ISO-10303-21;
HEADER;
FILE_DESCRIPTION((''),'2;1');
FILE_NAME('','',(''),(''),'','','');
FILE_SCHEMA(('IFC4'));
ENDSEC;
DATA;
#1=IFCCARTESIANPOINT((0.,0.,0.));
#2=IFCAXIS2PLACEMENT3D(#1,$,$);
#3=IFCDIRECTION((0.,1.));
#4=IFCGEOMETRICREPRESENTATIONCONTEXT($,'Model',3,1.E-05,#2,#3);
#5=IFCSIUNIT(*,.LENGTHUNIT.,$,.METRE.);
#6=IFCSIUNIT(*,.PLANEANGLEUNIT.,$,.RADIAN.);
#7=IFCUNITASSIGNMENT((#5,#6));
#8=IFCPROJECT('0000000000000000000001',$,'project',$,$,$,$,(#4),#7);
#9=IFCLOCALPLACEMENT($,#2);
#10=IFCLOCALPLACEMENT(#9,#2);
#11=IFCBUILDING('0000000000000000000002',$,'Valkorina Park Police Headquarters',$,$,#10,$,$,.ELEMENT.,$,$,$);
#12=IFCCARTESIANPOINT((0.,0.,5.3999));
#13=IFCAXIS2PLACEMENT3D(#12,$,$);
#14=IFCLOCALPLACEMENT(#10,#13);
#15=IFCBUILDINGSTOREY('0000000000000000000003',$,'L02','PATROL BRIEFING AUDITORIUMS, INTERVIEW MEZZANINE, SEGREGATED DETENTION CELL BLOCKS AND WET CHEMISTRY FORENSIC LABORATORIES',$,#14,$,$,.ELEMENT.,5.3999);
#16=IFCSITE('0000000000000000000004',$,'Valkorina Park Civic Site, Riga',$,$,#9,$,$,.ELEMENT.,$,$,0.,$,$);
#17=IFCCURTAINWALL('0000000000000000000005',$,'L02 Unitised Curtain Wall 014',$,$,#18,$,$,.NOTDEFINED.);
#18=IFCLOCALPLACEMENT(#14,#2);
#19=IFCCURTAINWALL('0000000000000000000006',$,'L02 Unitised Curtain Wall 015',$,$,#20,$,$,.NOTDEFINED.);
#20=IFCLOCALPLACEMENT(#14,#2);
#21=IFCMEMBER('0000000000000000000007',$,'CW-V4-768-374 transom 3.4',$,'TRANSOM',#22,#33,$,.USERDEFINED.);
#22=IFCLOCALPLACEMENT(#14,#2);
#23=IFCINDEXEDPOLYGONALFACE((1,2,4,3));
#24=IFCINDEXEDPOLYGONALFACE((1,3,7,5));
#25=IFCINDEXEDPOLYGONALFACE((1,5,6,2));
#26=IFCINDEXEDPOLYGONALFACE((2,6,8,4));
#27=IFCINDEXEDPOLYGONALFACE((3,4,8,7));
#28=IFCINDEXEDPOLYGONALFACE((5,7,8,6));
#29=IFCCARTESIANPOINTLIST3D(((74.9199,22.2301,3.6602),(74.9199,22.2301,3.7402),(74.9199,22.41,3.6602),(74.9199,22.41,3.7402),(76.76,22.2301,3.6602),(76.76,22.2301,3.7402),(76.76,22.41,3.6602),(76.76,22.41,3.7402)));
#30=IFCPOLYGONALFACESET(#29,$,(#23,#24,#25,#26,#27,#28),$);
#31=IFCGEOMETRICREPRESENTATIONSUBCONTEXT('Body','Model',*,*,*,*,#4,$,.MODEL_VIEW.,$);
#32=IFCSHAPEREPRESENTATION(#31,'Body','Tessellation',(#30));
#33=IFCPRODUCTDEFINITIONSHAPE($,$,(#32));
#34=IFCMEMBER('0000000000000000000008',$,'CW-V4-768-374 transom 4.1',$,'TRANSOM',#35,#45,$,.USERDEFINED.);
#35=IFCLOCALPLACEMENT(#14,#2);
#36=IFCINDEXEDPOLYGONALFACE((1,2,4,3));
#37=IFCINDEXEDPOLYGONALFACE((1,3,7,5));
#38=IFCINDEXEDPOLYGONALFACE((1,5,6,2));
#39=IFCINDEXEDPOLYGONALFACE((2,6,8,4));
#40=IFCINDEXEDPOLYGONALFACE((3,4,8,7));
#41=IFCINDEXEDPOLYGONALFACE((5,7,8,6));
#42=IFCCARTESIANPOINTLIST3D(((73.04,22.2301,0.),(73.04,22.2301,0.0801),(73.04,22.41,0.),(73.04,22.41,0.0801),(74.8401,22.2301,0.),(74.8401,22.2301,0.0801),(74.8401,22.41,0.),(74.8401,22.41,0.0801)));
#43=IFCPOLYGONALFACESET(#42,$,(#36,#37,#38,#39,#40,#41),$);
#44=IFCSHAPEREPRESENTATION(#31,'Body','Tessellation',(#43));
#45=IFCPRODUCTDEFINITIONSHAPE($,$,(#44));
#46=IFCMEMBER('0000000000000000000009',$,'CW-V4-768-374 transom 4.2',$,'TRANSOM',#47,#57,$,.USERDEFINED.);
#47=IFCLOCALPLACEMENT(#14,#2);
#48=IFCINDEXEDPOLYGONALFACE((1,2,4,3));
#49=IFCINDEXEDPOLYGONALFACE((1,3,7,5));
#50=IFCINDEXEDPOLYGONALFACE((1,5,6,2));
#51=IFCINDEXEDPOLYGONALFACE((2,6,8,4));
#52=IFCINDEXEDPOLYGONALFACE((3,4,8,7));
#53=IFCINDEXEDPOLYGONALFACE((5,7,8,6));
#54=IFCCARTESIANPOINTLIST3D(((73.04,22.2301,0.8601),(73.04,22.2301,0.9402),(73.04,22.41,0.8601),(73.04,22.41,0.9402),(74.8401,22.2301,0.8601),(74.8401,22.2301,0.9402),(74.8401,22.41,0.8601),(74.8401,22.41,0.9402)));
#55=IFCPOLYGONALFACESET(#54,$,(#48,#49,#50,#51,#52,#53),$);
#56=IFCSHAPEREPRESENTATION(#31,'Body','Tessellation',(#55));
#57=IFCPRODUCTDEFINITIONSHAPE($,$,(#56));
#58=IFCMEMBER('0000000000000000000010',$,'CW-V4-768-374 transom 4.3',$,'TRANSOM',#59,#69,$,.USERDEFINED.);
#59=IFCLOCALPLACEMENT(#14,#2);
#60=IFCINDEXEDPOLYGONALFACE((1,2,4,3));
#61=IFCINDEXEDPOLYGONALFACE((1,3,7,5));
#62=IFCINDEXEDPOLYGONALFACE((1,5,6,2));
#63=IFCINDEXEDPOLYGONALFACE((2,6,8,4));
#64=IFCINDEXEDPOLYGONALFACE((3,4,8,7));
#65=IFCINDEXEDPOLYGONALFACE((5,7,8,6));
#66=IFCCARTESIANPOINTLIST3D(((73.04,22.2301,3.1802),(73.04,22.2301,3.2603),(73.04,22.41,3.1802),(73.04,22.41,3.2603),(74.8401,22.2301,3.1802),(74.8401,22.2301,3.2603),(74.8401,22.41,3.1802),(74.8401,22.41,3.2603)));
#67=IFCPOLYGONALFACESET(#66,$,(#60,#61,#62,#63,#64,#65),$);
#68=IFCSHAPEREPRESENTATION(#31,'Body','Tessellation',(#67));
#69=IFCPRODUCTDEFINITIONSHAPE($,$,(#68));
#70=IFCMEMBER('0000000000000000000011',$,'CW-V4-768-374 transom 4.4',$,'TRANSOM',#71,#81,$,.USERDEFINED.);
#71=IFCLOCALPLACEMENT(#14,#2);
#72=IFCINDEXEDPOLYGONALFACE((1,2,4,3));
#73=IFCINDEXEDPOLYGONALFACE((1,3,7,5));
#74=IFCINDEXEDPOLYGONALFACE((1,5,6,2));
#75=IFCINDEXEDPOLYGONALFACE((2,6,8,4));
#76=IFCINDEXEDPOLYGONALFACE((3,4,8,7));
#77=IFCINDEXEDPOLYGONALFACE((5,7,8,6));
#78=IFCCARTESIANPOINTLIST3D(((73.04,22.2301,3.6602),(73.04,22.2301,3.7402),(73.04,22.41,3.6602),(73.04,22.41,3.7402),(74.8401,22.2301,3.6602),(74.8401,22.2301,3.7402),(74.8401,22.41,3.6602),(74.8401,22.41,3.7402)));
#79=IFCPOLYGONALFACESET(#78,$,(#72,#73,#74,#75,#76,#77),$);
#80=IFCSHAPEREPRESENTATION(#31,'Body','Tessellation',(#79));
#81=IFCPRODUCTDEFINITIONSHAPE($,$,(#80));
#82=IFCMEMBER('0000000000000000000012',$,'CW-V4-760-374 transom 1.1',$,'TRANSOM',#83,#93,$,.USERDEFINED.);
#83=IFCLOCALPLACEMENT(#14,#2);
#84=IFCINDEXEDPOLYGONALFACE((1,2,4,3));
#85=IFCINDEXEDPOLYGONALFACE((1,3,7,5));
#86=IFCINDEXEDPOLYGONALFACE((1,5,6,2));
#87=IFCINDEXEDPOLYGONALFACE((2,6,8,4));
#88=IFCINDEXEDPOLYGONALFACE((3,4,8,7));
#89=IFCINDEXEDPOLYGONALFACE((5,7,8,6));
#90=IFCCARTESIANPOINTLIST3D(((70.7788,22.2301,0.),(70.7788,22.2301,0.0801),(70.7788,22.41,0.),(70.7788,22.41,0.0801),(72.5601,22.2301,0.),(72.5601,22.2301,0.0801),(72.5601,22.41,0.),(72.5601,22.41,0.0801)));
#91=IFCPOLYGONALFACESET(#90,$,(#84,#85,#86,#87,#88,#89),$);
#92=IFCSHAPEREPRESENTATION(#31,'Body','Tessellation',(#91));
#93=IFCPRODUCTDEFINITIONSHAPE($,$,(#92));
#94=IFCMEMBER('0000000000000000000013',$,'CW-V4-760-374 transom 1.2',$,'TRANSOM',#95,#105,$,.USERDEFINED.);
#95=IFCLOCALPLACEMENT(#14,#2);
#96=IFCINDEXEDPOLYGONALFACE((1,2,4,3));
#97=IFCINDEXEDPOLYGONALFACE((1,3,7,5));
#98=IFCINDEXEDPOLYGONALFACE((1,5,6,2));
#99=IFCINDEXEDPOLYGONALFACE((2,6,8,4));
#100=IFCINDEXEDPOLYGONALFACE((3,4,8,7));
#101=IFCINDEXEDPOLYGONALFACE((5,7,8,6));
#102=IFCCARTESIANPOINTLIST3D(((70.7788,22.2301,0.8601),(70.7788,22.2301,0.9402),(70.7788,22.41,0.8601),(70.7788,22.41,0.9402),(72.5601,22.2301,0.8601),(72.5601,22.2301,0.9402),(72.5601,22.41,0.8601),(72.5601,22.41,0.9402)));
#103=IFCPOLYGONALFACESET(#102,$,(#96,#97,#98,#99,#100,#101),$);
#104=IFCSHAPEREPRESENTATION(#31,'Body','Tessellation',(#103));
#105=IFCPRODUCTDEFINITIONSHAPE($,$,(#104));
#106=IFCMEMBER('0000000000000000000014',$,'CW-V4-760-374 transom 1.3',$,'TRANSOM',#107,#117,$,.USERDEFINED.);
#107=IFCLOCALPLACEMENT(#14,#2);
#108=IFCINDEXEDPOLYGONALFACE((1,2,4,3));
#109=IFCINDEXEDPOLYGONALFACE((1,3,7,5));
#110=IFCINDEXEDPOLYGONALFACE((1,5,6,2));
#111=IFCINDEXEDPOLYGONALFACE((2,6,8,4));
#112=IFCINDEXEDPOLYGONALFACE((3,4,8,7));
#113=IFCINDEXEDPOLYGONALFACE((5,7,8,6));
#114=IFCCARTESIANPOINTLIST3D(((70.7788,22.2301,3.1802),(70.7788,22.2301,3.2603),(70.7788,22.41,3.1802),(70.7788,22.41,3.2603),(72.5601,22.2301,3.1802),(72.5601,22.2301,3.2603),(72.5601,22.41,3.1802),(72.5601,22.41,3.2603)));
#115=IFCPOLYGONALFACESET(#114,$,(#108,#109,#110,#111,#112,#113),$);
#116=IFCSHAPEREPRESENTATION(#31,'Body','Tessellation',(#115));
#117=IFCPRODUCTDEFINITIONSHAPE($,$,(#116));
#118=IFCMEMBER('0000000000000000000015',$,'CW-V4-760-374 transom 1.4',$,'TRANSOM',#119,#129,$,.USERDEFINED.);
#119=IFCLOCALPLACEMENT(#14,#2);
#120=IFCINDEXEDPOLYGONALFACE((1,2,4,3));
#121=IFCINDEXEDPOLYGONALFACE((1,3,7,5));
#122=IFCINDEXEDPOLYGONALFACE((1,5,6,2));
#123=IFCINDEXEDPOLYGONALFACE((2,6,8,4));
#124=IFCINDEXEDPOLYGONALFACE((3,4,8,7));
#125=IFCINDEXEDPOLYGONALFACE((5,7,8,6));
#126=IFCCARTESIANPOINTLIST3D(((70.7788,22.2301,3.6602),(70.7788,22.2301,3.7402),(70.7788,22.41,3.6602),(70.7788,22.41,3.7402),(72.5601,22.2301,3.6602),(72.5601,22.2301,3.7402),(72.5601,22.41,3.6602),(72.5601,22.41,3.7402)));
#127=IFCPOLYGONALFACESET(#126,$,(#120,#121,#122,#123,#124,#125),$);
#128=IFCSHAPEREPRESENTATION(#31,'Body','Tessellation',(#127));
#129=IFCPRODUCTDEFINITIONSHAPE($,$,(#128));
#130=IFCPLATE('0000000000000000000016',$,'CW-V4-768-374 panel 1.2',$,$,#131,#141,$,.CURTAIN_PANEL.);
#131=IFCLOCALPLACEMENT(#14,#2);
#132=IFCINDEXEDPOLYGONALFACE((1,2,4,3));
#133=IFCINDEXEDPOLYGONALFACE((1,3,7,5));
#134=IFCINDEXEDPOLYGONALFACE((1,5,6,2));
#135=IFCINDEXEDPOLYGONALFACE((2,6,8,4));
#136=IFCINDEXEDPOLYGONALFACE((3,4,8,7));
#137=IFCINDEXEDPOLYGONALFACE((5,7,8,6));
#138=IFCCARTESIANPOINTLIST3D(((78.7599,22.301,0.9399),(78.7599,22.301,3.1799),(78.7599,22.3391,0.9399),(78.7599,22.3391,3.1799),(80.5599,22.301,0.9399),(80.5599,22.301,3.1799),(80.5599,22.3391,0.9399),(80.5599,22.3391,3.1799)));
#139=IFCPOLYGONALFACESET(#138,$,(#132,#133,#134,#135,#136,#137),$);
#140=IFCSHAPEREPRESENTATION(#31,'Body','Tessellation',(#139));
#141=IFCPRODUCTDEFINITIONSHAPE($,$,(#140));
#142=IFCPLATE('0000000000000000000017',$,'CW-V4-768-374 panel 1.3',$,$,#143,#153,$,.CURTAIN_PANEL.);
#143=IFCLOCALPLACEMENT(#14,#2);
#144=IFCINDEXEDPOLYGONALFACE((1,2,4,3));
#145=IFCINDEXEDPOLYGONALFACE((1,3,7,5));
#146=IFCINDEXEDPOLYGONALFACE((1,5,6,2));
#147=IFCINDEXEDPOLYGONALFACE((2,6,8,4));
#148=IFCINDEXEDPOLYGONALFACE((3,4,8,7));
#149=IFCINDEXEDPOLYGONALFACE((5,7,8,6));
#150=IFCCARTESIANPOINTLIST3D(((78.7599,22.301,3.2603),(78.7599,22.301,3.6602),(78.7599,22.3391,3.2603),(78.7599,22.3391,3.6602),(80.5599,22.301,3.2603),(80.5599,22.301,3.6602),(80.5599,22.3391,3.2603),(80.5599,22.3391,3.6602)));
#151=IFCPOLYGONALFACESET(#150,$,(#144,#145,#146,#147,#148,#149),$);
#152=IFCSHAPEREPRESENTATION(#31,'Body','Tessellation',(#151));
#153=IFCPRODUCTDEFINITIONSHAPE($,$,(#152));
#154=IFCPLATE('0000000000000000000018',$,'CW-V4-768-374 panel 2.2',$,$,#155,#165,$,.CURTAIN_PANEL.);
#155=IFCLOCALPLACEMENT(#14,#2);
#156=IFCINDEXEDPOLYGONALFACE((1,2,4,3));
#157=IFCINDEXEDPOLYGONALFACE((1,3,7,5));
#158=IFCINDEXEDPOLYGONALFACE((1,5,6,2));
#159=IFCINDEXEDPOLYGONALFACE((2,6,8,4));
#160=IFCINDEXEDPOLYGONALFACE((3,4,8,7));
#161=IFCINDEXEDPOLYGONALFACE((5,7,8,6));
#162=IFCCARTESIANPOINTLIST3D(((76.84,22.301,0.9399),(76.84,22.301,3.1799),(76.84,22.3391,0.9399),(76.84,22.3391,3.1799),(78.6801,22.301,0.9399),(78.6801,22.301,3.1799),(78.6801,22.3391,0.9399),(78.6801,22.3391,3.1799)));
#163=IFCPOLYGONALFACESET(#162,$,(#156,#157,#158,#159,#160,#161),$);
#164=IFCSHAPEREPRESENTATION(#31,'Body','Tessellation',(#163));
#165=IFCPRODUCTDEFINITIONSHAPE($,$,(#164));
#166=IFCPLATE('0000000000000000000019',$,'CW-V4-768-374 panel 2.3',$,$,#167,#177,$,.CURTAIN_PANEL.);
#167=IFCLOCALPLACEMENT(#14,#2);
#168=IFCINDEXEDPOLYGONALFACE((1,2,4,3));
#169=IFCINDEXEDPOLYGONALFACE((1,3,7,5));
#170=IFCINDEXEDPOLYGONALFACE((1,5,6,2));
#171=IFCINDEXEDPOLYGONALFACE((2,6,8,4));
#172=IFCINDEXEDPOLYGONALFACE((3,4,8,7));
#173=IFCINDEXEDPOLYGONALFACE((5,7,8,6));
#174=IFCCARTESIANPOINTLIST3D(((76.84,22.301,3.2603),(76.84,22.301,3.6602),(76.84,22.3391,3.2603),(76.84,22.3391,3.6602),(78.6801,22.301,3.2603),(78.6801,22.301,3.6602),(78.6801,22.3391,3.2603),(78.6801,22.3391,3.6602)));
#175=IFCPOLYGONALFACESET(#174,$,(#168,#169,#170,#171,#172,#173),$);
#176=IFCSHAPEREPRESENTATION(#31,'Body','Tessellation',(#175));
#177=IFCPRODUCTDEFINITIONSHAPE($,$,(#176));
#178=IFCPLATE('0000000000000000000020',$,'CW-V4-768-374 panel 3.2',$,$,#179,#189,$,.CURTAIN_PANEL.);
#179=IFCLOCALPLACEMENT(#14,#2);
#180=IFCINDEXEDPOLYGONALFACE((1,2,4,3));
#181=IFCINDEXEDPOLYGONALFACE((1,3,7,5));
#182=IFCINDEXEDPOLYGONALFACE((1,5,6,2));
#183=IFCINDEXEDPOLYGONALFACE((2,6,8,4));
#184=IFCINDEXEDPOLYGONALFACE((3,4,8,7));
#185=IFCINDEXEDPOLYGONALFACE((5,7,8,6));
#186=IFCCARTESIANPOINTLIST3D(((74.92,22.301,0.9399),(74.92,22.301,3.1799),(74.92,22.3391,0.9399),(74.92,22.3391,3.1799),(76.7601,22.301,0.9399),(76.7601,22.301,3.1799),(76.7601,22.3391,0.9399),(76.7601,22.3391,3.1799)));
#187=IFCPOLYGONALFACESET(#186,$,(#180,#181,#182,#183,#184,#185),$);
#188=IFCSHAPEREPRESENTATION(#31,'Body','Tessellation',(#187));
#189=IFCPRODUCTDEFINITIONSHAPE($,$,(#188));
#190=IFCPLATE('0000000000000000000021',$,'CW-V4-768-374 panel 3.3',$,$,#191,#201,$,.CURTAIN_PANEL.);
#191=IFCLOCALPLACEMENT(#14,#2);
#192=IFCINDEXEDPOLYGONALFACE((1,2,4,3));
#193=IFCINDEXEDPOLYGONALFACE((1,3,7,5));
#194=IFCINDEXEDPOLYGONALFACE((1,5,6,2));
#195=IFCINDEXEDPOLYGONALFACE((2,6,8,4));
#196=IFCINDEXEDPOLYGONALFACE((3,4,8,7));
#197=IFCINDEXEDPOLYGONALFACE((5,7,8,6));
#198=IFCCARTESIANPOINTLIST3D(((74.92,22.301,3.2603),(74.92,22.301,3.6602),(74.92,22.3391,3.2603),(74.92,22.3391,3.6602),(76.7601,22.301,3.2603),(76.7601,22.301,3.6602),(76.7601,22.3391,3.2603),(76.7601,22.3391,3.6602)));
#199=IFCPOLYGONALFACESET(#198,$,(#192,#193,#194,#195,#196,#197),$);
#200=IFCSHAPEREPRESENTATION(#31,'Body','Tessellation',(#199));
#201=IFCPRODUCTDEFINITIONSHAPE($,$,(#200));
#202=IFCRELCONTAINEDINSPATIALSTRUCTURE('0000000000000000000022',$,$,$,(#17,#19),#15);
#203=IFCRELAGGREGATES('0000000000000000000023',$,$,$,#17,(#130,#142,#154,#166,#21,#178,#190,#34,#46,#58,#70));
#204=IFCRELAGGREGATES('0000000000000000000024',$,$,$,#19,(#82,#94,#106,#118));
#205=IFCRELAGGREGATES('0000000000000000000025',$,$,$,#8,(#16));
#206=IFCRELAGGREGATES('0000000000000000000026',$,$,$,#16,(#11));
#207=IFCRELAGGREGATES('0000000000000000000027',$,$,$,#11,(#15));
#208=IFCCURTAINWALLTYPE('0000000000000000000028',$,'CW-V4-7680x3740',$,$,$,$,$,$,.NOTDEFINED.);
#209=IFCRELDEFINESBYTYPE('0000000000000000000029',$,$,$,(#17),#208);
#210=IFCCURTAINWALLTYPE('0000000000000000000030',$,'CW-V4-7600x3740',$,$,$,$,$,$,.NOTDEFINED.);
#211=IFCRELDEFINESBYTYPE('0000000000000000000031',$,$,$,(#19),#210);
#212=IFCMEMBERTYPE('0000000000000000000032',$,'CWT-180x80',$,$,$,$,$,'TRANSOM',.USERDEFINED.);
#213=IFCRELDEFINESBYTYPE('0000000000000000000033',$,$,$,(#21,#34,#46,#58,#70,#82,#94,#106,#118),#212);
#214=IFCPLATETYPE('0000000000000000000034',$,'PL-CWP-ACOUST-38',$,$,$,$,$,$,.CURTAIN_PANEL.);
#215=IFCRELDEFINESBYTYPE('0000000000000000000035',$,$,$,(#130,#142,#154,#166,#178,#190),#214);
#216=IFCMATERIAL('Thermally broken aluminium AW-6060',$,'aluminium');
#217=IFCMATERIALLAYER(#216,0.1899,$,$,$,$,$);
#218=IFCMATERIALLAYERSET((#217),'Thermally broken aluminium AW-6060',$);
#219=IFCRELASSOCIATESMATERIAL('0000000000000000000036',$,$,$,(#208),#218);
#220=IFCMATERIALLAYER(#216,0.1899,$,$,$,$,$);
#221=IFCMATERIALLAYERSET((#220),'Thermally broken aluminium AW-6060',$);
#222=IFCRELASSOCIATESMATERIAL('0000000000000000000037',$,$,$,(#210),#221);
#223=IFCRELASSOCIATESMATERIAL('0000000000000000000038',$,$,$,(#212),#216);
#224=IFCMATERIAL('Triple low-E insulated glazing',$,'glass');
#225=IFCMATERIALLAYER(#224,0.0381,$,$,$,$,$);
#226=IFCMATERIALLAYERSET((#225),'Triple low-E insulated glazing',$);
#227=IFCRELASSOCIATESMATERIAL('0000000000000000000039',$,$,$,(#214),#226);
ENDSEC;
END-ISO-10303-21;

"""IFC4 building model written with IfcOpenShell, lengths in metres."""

from ifc_helpers import new_model, si_unit, direction, frame, origin, origin_2d, place, context, subcontext, project, spatial, rectangle, extrude, material, layer, layer_set, material_profile, profile_set, type_object, element, aggregate, save


model = new_model("IFC4")

# Units and contexts
model_context = context("Model", 3, precision=1e-05, world=origin(), true_north=direction((0.0, 1.0)))
body_context = subcontext(model_context, "Body", "Model", "MODEL_VIEW")
ifc_project = project(units=[si_unit("LENGTHUNIT", "METRE"), si_unit("PLANEANGLEUNIT", "RADIAN")], contexts=[model_context])

# Site, building, storey
site_placement = place(None, origin())
site = spatial("IfcSite", under=ifc_project, at=site_placement, Name="Valkorina Park Civic Site, Riga", CompositionType="ELEMENT", RefElevation=0.0)
building_placement = place(site_placement, origin())
building = spatial("IfcBuilding", under=site, at=building_placement, Name="Valkorina Park Police Headquarters", CompositionType="ELEMENT")
storey_placement = place(building_placement, frame((0.0, 0.0, 5.3999)))
storey = spatial("IfcBuildingStorey", under=building, at=storey_placement, Name="L02", Description="PATROL BRIEFING AUDITORIUMS, INTERVIEW MEZZANINE, SEGREGATED DETENTION CELL BLOCKS AND WET CHEMISTRY FORENSIC LABORATORIES", CompositionType="ELEMENT", Elevation=5.3999)

# Curtain wall
ifc_material_1 = material(Name="Thermally broken aluminium AW-6060", Category="aluminium")
ifc_layer_1 = layer(ifc_material_1, 0.1899)
ifc_layer_set_1 = layer_set([ifc_layer_1], Name="Thermally broken aluminium AW-6060")
curtain_wall_type_1 = type_object("IfcCurtainWallType", Name="CW-V4-7680x3740", PredefinedType="NOTDEFINED", material=ifc_layer_set_1)
curtain_wall_1_placement = place(storey_placement, origin())
curtain_wall_1 = element("IfcCurtainWall", 1, at=curtain_wall_1_placement, inside=storey, type_object=curtain_wall_type_1, Name="L02 Unitised Curtain Wall 014", PredefinedType="NOTDEFINED")

# Curtain wall
ifc_layer_2 = layer(ifc_material_1, 0.1899)
ifc_layer_set_2 = layer_set([ifc_layer_2], Name="Thermally broken aluminium AW-6060")
curtain_wall_type_2 = type_object("IfcCurtainWallType", Name="CW-V4-7600x3740", PredefinedType="NOTDEFINED", material=ifc_layer_set_2)
curtain_wall_2_placement = place(storey_placement, origin())
curtain_wall_2 = element("IfcCurtainWall", 2, at=curtain_wall_2_placement, inside=storey, type_object=curtain_wall_type_2, Name="L02 Unitised Curtain Wall 015", PredefinedType="NOTDEFINED")

# Members
ifc_material_profile_1 = material_profile(ifc_material_1, rectangle(XDim=0.1799, YDim=0.0801, at=origin_2d()), Name="CWT-03 180x80")
ifc_profile_set_1 = profile_set([ifc_material_profile_1], Name="Thermally broken aluminium AW-6060")
member_type_1 = type_object("IfcMemberType", Name="CWT-180x80", ElementType="TRANSOM", PredefinedType="USERDEFINED", material=ifc_profile_set_1)
member_1_placement = place(storey_placement, frame((76.76, 22.3201, 3.7002), z_axis=(-1.0, 0.0, 0.0), x_axis=(0.0, -1.0, 0.0)))
member_1 = element("IfcMember", 3, at=member_1_placement, type_object=member_type_1, Name="CW-V4-768-374 transom 3.4", ObjectType="TRANSOM", PredefinedType="USERDEFINED", context=body_context, shape_type="SweptSolid", body=[
    extrude(rectangle(XDim=0.1799, YDim=0.0801, at=origin_2d()), origin(), (0.0, 0.0, 1.0), 1.8401),
])
member_2_placement = place(storey_placement, frame((74.8401, 22.3201, 0.04), z_axis=(-1.0, 0.0, 0.0), x_axis=(0.0, -1.0, 0.0)))
member_2 = element("IfcMember", 4, at=member_2_placement, type_object=member_type_1, Name="CW-V4-768-374 transom 4.1", ObjectType="TRANSOM", PredefinedType="USERDEFINED", context=body_context, shape_type="SweptSolid", body=[
    extrude(rectangle(XDim=0.1799, YDim=0.0801, at=origin_2d()), origin(), (0.0, 0.0, 1.0), 1.8),
])
member_3_placement = place(storey_placement, frame((74.8401, 22.3201, 0.9001), z_axis=(-1.0, 0.0, 0.0), x_axis=(0.0, -1.0, 0.0)))
member_3 = element("IfcMember", 5, at=member_3_placement, type_object=member_type_1, Name="CW-V4-768-374 transom 4.2", ObjectType="TRANSOM", PredefinedType="USERDEFINED", context=body_context, shape_type="SweptSolid", body=[
    extrude(rectangle(XDim=0.1799, YDim=0.0801, at=origin_2d()), origin(), (0.0, 0.0, 1.0), 1.8),
])
member_4_placement = place(storey_placement, frame((74.8401, 22.3201, 3.2202), z_axis=(-1.0, 0.0, 0.0), x_axis=(0.0, -1.0, 0.0)))
member_4 = element("IfcMember", 6, at=member_4_placement, type_object=member_type_1, Name="CW-V4-768-374 transom 4.3", ObjectType="TRANSOM", PredefinedType="USERDEFINED", context=body_context, shape_type="SweptSolid", body=[
    extrude(rectangle(XDim=0.1799, YDim=0.0801, at=origin_2d()), origin(), (0.0, 0.0, 1.0), 1.8),
])
member_5_placement = place(storey_placement, frame((74.8401, 22.3201, 3.7002), z_axis=(-1.0, 0.0, 0.0), x_axis=(0.0, -1.0, 0.0)))
member_5 = element("IfcMember", 7, at=member_5_placement, type_object=member_type_1, Name="CW-V4-768-374 transom 4.4", ObjectType="TRANSOM", PredefinedType="USERDEFINED", context=body_context, shape_type="SweptSolid", body=[
    extrude(rectangle(XDim=0.1799, YDim=0.0801, at=origin_2d()), origin(), (0.0, 0.0, 1.0), 1.8),
])
member_6_placement = place(storey_placement, frame((72.5601, 22.3201, 0.04), z_axis=(-1.0, 0.0, 0.0), x_axis=(0.0, -1.0, 0.0)))
member_6 = element("IfcMember", 8, at=member_6_placement, type_object=member_type_1, Name="CW-V4-760-374 transom 1.1", ObjectType="TRANSOM", PredefinedType="USERDEFINED", context=body_context, shape_type="SweptSolid", body=[
    extrude(rectangle(XDim=0.1799, YDim=0.0801, at=origin_2d()), origin(), (0.0, 0.0, 1.0), 1.7812),
])
member_7_placement = place(storey_placement, frame((72.5601, 22.3201, 0.9001), z_axis=(-1.0, 0.0, 0.0), x_axis=(0.0, -1.0, 0.0)))
member_7 = element("IfcMember", 9, at=member_7_placement, type_object=member_type_1, Name="CW-V4-760-374 transom 1.2", ObjectType="TRANSOM", PredefinedType="USERDEFINED", context=body_context, shape_type="SweptSolid", body=[
    extrude(rectangle(XDim=0.1799, YDim=0.0801, at=origin_2d()), origin(), (0.0, 0.0, 1.0), 1.7812),
])
member_8_placement = place(storey_placement, frame((72.5601, 22.3201, 3.2202), z_axis=(-1.0, 0.0, 0.0), x_axis=(0.0, -1.0, 0.0)))
member_8 = element("IfcMember", 10, at=member_8_placement, type_object=member_type_1, Name="CW-V4-760-374 transom 1.3", ObjectType="TRANSOM", PredefinedType="USERDEFINED", context=body_context, shape_type="SweptSolid", body=[
    extrude(rectangle(XDim=0.1799, YDim=0.0801, at=origin_2d()), origin(), (0.0, 0.0, 1.0), 1.7812),
])
member_9_placement = place(storey_placement, frame((72.5601, 22.3201, 3.7002), z_axis=(-1.0, 0.0, 0.0), x_axis=(0.0, -1.0, 0.0)))
member_9 = element("IfcMember", 11, at=member_9_placement, type_object=member_type_1, Name="CW-V4-760-374 transom 1.4", ObjectType="TRANSOM", PredefinedType="USERDEFINED", context=body_context, shape_type="SweptSolid", body=[
    extrude(rectangle(XDim=0.1799, YDim=0.0801, at=origin_2d()), origin(), (0.0, 0.0, 1.0), 1.7812),
])

# Plates
ifc_material_2 = material(Name="Triple low-E insulated glazing", Category="glass")
ifc_layer_3 = layer(ifc_material_2, 0.0381)
ifc_layer_set_3 = layer_set([ifc_layer_3], Name="Triple low-E insulated glazing")
plate_type_1 = type_object("IfcPlateType", Name="PL-CWP-ACOUST-38", PredefinedType="CURTAIN_PANEL", material=ifc_layer_set_3)
plate_1_placement = place(storey_placement, frame((79.6599, 22.3201, 0.9399), z_axis=(0.0, 0.0, 1.0), x_axis=(-1.0, 0.0, 0.0)))
plate_1 = element("IfcPlate", 12, at=plate_1_placement, type_object=plate_type_1, Name="CW-V4-768-374 panel 1.2", PredefinedType="CURTAIN_PANEL", context=body_context, shape_type="SweptSolid", body=[
    extrude(rectangle(XDim=1.8, YDim=0.0381, at=origin_2d()), origin(), (0.0, 0.0, 1.0), 2.24),
])
plate_2_placement = place(storey_placement, frame((79.6599, 22.3201, 3.2603), z_axis=(0.0, 0.0, 1.0), x_axis=(-1.0, 0.0, 0.0)))
plate_2 = element("IfcPlate", 13, at=plate_2_placement, type_object=plate_type_1, Name="CW-V4-768-374 panel 1.3", PredefinedType="CURTAIN_PANEL", context=body_context, shape_type="SweptSolid", body=[
    extrude(rectangle(XDim=1.8, YDim=0.0381, at=origin_2d()), origin(), (0.0, 0.0, 1.0), 0.3999),
])
plate_3_placement = place(storey_placement, frame((77.76, 22.3201, 0.9399), z_axis=(0.0, 0.0, 1.0), x_axis=(-1.0, 0.0, 0.0)))
plate_3 = element("IfcPlate", 14, at=plate_3_placement, type_object=plate_type_1, Name="CW-V4-768-374 panel 2.2", PredefinedType="CURTAIN_PANEL", context=body_context, shape_type="SweptSolid", body=[
    extrude(rectangle(XDim=1.8401, YDim=0.0381, at=origin_2d()), origin(), (0.0, 0.0, 1.0), 2.24),
])
plate_4_placement = place(storey_placement, frame((77.76, 22.3201, 3.2603), z_axis=(0.0, 0.0, 1.0), x_axis=(-1.0, 0.0, 0.0)))
plate_4 = element("IfcPlate", 15, at=plate_4_placement, type_object=plate_type_1, Name="CW-V4-768-374 panel 2.3", PredefinedType="CURTAIN_PANEL", context=body_context, shape_type="SweptSolid", body=[
    extrude(rectangle(XDim=1.8401, YDim=0.0381, at=origin_2d()), origin(), (0.0, 0.0, 1.0), 0.3999),
])
plate_5_placement = place(storey_placement, frame((75.8401, 22.3201, 0.9399), z_axis=(0.0, 0.0, 1.0), x_axis=(-1.0, 0.0, 0.0)))
plate_5 = element("IfcPlate", 16, at=plate_5_placement, type_object=plate_type_1, Name="CW-V4-768-374 panel 3.2", PredefinedType="CURTAIN_PANEL", context=body_context, shape_type="SweptSolid", body=[
    extrude(rectangle(XDim=1.8401, YDim=0.0381, at=origin_2d()), origin(), (0.0, 0.0, 1.0), 2.24),
])
plate_6_placement = place(storey_placement, frame((75.8401, 22.3201, 3.2603), z_axis=(0.0, 0.0, 1.0), x_axis=(-1.0, 0.0, 0.0)))
plate_6 = element("IfcPlate", 17, at=plate_6_placement, type_object=plate_type_1, Name="CW-V4-768-374 panel 3.3", PredefinedType="CURTAIN_PANEL", context=body_context, shape_type="SweptSolid", body=[
    extrude(rectangle(XDim=1.8401, YDim=0.0381, at=origin_2d()), origin(), (0.0, 0.0, 1.0), 0.3999),
])
aggregate(curtain_wall_1, [plate_1, plate_2, plate_3, plate_4, member_1, plate_5, plate_6, member_2, member_3, member_4, member_5])
aggregate(curtain_wall_2, [member_6, member_7, member_8, member_9])

save(model, "model.ifc")
